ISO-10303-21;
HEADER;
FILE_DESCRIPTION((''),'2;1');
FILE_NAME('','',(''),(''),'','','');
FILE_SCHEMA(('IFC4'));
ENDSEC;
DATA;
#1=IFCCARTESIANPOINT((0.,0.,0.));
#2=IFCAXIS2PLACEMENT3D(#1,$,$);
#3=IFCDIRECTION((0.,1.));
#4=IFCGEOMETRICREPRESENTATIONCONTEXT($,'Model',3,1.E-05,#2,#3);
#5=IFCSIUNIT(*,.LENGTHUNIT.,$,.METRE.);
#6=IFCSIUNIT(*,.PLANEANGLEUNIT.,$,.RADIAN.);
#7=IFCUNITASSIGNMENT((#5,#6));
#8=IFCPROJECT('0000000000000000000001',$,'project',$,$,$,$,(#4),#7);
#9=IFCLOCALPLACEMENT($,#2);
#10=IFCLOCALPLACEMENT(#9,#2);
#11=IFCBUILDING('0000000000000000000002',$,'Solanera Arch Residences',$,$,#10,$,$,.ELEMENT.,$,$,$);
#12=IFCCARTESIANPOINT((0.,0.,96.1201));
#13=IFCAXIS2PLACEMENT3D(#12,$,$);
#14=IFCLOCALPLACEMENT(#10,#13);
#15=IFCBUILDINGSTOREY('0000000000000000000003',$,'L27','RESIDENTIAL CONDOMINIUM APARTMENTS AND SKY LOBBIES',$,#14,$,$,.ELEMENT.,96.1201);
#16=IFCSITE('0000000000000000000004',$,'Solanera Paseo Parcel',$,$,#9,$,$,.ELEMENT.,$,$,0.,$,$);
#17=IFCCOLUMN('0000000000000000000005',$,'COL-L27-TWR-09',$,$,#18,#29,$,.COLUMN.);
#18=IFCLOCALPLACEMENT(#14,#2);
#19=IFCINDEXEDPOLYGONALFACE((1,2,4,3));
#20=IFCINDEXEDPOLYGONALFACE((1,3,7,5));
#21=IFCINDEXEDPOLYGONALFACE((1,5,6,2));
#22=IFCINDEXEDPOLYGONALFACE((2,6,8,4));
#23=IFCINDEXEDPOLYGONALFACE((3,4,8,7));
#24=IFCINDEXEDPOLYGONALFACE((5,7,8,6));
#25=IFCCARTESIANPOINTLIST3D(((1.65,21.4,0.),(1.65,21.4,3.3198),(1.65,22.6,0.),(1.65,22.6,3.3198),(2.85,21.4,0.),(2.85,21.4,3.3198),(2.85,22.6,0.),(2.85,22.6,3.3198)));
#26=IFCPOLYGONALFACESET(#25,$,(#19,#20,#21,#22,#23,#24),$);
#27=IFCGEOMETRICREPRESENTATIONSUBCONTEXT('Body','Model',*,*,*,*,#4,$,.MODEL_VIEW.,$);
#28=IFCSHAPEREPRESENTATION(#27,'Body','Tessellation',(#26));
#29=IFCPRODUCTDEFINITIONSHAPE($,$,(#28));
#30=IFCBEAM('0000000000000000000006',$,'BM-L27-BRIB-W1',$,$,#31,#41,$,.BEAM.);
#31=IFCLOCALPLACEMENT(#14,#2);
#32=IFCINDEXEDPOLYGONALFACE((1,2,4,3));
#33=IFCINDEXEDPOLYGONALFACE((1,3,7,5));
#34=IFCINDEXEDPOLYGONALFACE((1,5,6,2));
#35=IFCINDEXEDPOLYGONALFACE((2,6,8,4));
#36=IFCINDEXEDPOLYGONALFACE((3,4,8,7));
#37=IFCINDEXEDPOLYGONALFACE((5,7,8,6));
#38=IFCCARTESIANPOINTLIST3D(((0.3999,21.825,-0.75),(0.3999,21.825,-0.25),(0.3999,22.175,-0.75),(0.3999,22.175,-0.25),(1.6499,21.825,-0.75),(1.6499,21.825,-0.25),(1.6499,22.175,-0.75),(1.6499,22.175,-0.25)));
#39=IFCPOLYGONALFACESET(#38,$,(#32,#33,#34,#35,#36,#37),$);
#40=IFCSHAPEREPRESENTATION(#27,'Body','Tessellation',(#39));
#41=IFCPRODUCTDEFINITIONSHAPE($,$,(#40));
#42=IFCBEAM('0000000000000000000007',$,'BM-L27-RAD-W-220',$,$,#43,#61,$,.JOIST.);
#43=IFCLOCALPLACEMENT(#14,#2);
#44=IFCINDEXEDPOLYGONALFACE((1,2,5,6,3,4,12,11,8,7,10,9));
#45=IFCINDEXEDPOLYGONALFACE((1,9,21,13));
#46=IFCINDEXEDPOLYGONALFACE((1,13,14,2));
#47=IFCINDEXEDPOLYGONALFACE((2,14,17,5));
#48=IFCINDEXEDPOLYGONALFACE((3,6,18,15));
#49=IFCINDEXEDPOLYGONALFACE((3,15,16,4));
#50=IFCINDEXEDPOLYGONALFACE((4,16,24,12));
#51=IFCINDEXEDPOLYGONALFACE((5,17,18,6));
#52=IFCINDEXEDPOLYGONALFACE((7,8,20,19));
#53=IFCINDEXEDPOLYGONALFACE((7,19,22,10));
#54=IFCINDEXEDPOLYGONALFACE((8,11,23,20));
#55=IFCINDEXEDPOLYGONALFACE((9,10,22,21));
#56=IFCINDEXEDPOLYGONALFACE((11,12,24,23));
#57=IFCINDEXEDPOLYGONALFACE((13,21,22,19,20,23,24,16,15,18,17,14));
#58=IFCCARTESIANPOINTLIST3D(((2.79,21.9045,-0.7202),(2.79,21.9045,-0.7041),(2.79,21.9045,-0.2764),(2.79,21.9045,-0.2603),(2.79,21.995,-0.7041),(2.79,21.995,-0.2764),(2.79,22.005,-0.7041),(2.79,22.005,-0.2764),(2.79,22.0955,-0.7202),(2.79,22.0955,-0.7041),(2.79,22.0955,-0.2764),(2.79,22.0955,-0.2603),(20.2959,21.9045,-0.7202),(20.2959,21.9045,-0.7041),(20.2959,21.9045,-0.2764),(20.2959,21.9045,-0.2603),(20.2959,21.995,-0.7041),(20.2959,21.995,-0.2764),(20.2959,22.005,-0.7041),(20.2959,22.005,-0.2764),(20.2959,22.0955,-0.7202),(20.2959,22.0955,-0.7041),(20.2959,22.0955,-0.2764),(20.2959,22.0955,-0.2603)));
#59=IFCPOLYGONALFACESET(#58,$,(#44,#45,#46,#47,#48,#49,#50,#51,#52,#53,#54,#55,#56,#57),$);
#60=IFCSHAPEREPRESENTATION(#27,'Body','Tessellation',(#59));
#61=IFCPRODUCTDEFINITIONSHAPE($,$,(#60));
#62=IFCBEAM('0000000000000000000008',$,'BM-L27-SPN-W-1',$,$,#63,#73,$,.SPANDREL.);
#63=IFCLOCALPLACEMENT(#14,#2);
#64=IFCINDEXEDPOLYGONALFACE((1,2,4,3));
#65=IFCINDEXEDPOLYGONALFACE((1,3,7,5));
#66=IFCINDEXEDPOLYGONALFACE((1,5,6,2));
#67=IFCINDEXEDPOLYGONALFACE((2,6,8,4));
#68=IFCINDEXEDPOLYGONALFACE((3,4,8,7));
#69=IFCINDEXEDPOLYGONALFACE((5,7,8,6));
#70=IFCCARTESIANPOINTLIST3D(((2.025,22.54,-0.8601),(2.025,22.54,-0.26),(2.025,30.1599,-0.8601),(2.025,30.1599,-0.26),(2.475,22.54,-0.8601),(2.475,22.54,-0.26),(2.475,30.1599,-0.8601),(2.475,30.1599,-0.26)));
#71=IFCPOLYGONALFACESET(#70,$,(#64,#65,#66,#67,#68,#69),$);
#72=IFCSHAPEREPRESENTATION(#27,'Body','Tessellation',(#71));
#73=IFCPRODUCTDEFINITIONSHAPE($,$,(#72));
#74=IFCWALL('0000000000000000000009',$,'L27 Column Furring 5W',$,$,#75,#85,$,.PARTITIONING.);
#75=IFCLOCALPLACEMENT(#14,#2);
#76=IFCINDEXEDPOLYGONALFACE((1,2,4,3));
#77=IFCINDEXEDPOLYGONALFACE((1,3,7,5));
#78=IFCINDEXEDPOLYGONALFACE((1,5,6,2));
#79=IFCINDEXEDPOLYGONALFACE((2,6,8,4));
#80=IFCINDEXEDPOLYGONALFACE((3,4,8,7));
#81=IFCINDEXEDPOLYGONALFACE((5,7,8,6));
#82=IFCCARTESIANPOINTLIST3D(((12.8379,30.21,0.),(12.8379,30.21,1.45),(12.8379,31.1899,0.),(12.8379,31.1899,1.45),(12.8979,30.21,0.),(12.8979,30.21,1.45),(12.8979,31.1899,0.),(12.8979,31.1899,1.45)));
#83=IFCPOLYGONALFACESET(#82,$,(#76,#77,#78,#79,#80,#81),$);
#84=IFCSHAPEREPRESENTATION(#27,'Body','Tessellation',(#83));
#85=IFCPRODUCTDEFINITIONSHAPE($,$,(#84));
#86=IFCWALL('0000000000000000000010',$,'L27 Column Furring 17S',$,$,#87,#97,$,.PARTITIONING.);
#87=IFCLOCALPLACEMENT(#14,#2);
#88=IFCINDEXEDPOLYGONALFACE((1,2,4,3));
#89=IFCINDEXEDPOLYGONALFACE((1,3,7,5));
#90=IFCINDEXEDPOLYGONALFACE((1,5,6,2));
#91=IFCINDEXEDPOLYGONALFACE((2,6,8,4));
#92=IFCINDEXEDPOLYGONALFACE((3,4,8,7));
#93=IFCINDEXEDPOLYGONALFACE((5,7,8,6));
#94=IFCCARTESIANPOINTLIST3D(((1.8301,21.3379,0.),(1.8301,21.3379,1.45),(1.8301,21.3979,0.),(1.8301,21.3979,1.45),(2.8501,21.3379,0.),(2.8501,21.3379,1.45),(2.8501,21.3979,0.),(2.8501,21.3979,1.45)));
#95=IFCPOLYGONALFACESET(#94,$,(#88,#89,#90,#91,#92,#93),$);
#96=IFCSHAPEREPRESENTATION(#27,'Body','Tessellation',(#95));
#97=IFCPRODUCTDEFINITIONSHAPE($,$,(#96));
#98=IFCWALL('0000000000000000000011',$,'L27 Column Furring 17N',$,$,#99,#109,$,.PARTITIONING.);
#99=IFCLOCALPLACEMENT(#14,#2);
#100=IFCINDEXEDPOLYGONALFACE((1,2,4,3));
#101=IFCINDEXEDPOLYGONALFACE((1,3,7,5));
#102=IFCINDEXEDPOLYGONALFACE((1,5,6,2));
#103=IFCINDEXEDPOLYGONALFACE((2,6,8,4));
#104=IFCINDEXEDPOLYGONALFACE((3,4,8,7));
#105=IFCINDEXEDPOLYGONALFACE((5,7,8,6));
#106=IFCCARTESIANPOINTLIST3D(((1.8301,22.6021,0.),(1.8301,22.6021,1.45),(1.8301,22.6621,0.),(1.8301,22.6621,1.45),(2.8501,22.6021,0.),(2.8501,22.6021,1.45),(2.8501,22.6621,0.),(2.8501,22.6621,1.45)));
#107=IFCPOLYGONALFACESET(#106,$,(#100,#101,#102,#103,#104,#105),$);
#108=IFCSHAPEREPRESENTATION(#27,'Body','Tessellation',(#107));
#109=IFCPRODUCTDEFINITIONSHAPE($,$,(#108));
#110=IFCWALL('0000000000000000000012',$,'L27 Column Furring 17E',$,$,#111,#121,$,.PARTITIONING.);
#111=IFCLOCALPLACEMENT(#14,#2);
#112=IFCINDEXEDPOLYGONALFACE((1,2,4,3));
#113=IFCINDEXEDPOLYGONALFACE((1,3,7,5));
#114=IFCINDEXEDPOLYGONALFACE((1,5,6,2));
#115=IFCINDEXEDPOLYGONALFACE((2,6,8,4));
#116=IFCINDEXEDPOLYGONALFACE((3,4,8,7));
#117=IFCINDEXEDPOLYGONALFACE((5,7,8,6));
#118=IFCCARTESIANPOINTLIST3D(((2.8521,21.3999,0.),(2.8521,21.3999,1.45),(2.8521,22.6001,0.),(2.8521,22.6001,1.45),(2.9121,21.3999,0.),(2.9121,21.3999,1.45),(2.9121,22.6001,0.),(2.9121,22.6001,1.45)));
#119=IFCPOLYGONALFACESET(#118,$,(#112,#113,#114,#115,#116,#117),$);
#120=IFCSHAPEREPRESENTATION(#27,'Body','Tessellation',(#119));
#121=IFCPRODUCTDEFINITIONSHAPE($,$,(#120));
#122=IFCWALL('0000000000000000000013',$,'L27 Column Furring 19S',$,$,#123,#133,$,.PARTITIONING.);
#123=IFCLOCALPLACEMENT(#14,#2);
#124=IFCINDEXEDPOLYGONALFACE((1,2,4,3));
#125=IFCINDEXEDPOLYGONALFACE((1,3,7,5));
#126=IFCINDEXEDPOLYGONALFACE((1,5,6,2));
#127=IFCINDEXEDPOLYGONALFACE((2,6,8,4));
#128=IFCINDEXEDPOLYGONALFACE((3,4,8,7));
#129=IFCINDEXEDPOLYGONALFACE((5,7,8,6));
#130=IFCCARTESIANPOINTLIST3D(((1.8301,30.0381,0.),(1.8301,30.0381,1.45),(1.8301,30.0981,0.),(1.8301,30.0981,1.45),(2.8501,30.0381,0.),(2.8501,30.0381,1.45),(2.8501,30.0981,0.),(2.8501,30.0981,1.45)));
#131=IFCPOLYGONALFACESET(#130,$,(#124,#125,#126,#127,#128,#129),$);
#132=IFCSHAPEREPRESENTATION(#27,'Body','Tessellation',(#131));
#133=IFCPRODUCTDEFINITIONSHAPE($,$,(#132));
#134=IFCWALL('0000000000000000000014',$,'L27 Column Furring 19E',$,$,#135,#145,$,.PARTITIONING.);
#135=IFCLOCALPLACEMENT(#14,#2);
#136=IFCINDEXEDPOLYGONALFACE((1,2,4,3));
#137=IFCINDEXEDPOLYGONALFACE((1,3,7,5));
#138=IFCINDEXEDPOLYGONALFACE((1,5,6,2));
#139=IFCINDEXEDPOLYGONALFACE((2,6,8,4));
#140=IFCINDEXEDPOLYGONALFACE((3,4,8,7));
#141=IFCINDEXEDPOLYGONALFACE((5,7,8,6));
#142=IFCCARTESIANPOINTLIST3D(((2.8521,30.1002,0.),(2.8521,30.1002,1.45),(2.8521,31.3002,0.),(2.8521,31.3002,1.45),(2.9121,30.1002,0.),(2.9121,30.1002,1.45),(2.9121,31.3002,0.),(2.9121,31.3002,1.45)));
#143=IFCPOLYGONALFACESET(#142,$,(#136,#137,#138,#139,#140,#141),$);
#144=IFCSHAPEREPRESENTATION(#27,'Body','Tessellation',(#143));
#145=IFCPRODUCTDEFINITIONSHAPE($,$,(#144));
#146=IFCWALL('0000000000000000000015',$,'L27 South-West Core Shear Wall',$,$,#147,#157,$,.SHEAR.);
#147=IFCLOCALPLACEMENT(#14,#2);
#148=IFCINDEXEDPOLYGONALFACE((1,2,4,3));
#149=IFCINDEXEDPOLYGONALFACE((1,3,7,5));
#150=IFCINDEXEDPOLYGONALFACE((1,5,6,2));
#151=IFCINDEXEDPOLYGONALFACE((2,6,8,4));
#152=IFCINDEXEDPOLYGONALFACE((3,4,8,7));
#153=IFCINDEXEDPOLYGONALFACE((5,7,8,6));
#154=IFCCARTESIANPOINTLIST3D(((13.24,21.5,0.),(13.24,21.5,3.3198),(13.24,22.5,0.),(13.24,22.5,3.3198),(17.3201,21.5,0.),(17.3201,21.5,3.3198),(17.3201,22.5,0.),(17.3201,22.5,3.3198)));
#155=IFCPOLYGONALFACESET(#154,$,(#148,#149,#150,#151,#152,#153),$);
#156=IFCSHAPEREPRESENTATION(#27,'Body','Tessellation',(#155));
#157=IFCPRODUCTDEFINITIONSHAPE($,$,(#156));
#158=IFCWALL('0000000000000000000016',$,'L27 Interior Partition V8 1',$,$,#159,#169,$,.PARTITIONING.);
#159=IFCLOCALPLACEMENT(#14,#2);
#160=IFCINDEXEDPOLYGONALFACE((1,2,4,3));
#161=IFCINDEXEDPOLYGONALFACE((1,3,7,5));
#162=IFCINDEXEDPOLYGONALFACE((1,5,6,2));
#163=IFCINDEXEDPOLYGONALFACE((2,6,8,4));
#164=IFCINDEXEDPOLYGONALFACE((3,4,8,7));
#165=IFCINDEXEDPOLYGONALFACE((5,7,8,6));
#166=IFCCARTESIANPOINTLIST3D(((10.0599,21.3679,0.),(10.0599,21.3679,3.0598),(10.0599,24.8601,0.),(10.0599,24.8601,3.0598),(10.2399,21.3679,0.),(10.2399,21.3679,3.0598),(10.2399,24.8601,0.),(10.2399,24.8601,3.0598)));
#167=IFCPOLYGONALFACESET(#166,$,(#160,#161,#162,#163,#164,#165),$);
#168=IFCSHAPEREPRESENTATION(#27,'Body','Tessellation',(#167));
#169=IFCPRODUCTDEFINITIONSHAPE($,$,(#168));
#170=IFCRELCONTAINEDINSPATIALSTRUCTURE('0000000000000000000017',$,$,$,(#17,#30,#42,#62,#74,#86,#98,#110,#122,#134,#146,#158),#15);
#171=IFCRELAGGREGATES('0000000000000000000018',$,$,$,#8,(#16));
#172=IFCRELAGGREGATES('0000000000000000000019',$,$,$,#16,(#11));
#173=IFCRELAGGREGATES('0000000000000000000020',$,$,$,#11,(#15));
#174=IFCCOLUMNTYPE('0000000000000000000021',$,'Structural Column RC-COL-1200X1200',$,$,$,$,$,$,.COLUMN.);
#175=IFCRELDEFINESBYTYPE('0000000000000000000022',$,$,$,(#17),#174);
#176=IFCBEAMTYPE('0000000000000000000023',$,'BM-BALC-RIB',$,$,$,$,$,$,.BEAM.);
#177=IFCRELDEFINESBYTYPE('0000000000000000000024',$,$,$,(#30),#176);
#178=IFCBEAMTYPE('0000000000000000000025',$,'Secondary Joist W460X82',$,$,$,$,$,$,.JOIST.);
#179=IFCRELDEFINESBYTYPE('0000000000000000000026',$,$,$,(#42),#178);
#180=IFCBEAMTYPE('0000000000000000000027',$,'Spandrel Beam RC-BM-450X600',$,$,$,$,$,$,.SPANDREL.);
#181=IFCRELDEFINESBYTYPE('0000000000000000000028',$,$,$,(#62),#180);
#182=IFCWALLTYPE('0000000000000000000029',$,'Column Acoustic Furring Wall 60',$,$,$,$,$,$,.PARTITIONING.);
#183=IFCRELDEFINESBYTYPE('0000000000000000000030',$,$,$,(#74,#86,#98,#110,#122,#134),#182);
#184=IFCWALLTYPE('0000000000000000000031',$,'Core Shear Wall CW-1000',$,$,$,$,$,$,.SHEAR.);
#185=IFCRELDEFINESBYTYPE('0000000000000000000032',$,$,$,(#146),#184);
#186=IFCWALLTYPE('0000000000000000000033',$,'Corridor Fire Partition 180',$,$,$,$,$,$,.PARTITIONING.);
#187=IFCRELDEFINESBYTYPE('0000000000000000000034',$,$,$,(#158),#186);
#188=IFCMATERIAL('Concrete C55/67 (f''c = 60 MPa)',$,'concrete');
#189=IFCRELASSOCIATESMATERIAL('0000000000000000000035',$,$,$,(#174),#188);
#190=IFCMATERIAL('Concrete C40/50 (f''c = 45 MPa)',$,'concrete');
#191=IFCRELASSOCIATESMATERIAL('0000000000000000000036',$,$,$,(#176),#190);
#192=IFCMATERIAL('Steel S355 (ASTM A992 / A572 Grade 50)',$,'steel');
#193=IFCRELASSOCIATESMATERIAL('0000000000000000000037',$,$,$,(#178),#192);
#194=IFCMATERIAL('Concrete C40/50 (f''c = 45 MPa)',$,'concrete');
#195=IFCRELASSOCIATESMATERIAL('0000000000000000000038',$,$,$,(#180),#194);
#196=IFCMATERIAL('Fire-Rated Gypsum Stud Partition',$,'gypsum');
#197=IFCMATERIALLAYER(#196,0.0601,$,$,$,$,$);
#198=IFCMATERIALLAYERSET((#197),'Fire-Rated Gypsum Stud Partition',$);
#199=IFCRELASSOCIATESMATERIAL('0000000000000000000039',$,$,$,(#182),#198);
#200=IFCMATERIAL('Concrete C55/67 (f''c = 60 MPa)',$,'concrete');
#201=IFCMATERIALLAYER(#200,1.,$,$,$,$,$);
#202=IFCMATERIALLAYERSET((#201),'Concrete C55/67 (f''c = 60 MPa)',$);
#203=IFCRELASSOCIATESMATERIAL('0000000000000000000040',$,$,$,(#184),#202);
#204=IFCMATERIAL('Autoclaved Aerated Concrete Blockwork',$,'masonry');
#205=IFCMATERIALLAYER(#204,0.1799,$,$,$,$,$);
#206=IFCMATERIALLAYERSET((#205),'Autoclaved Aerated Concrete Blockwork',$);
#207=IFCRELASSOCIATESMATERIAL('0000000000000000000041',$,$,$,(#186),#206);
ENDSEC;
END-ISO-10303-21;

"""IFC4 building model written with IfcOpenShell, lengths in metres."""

from ifc_helpers import new_model, si_unit, direction, frame, frame_2d, origin, origin_2d, place, context, subcontext, project, spatial, rectangle, i_section, extrude, material, layer, layer_set, material_profile, profile_set, type_object, element, save


model = new_model("IFC4")

# Units and contexts
model_context = context("Model", 3, precision=1e-05, world=origin(), true_north=direction((0.0, 1.0)))
body_context = subcontext(model_context, "Body", "Model", "MODEL_VIEW")
ifc_project = project(units=[si_unit("LENGTHUNIT", "METRE"), si_unit("PLANEANGLEUNIT", "RADIAN")], contexts=[model_context])

# Site, building, storey
site_placement = place(None, origin())
site = spatial("IfcSite", under=ifc_project, at=site_placement, Name="Solanera Paseo Parcel", CompositionType="ELEMENT", RefElevation=0.0)
building_placement = place(site_placement, origin())
building = spatial("IfcBuilding", under=site, at=building_placement, Name="Solanera Arch Residences", CompositionType="ELEMENT")
storey_placement = place(building_placement, frame((0.0, 0.0, 96.1201)))
storey = spatial("IfcBuildingStorey", under=building, at=storey_placement, Name="L27", Description="RESIDENTIAL CONDOMINIUM APARTMENTS AND SKY LOBBIES", CompositionType="ELEMENT", Elevation=96.1201)

# Column
ifc_material_1 = material(Name="Concrete C55/67 (f'c = 60 MPa)", Category="concrete")
ifc_material_profile_1 = material_profile(ifc_material_1, rectangle(XDim=1.2, YDim=1.2, at=origin_2d()))
ifc_profile_set_1 = profile_set([ifc_material_profile_1], Name="Concrete C55/67 (f'c = 60 MPa)")
column_type = type_object("IfcColumnType", Name="Structural Column RC-COL-1200X1200", PredefinedType="COLUMN", material=ifc_profile_set_1)
column_placement = place(storey_placement, frame((2.25, 22.0, 0.0), z_axis=(0.0, 0.0, 1.0), x_axis=(1.0, 0.0, 0.0)))
element("IfcColumn", 1, at=column_placement, inside=storey, type_object=column_type, Name="COL-L27-TWR-09", PredefinedType="COLUMN", context=body_context, shape_type="SweptSolid", body=[
    extrude(rectangle(XDim=1.2, YDim=1.2, at=origin_2d()), origin(), (0.0, 0.0, 1.0), 3.3198),
])

# Beams
ifc_material_2 = material(Name="Concrete C40/50 (f'c = 45 MPa)", Category="concrete")
ifc_material_profile_2 = material_profile(ifc_material_2, rectangle(XDim=0.3501, YDim=0.5, at=origin_2d()))
ifc_profile_set_2 = profile_set([ifc_material_profile_2], Name="Concrete C40/50 (f'c = 45 MPa)")
beam_type_1 = type_object("IfcBeamType", Name="BM-BALC-RIB", PredefinedType="BEAM", material=ifc_profile_set_2)
beam_1_placement = place(storey_placement, frame((0.3999, 22.0, -0.5), z_axis=(1.0, 0.0, 0.0), x_axis=(0.0, 1.0, 0.0)))
element("IfcBeam", 2, at=beam_1_placement, inside=storey, type_object=beam_type_1, Name="BM-L27-BRIB-W1", PredefinedType="BEAM", context=body_context, shape_type="SweptSolid", body=[
    extrude(rectangle(XDim=0.3501, YDim=0.5, at=origin_2d()), origin(), (0.0, 0.0, 1.0), 1.25),
])
ifc_material_3 = material(Name="Steel S355 (ASTM A992 / A572 Grade 50)", Category="steel")
ifc_material_profile_3 = material_profile(ifc_material_3, i_section(OverallWidth=0.1909, OverallDepth=0.46, WebThickness=0.01, FlangeThickness=0.0161, at=origin_2d()))
ifc_profile_set_3 = profile_set([ifc_material_profile_3], Name="Steel S355 (ASTM A992 / A572 Grade 50)")
beam_type_2 = type_object("IfcBeamType", Name="Secondary Joist W460X82", PredefinedType="JOIST", material=ifc_profile_set_3)
beam_2_placement = place(storey_placement, frame((2.79, 22.0, -0.4902), z_axis=(1.0, 0.0, 0.0), x_axis=(0.0, 1.0, 0.0)))
element("IfcBeam", 3, at=beam_2_placement, inside=storey, type_object=beam_type_2, Name="BM-L27-RAD-W-220", PredefinedType="JOIST", context=body_context, shape_type="SweptSolid", body=[
    extrude(i_section(OverallWidth=0.1909, OverallDepth=0.46, WebThickness=0.01, FlangeThickness=0.0161, at=origin_2d()), origin(), (0.0, 0.0, 1.0), 17.5059),
])
ifc_material_4 = material(Name="Concrete C40/50 (f'c = 45 MPa)", Category="concrete")
ifc_material_profile_4 = material_profile(ifc_material_4, rectangle(XDim=0.45, YDim=0.6001, at=origin_2d()))
ifc_profile_set_4 = profile_set([ifc_material_profile_4], Name="Concrete C40/50 (f'c = 45 MPa)")
beam_type_3 = type_object("IfcBeamType", Name="Spandrel Beam RC-BM-450X600", PredefinedType="SPANDREL", material=ifc_profile_set_4)
beam_3_placement = place(storey_placement, frame((2.25, 22.54, -0.5601), z_axis=(0.0, 1.0, 0.0), x_axis=(-1.0, 0.0, 0.0)))
element("IfcBeam", 4, at=beam_3_placement, inside=storey, type_object=beam_type_3, Name="BM-L27-SPN-W-1", PredefinedType="SPANDREL", context=body_context, shape_type="SweptSolid", body=[
    extrude(rectangle(XDim=0.45, YDim=0.6001, at=origin_2d()), origin(), (0.0, 0.0, 1.0), 7.6199),
])

# Walls
ifc_material_5 = material(Name="Fire-Rated Gypsum Stud Partition", Category="gypsum")
ifc_layer_1 = layer(ifc_material_5, 0.0601)
ifc_layer_set_1 = layer_set([ifc_layer_1], Name="Fire-Rated Gypsum Stud Partition")
wall_type_1 = type_object("IfcWallType", Name="Column Acoustic Furring Wall 60", PredefinedType="PARTITIONING", material=ifc_layer_set_1)
wall_1_placement = place(storey_placement, frame((12.8679, 30.21, 0.0), z_axis=(0.0, 0.0, 1.0), x_axis=(0.0, 1.0, 0.0)))
element("IfcWall", 5, at=wall_1_placement, inside=storey, type_object=wall_type_1, Name="L27 Column Furring 5W", PredefinedType="PARTITIONING", context=body_context, shape_type="SweptSolid", body=[
    extrude(rectangle(XDim=0.98, YDim=0.0601, at=frame_2d((0.49, 0.0))), origin(), (0.0, 0.0, 1.0), 1.45),
])
for number, where, z_axis, x_axis, name in (
    (6, (1.8301, 21.3679, 0.0), (0.0, 0.0, 1.0), (1.0, 0.0, 0.0), "L27 Column Furring 17S"),
    (7, (1.8301, 22.6321, 0.0), (0.0, 0.0, 1.0), (1.0, 0.0, 0.0), "L27 Column Furring 17N"),
):
    element("IfcWall", number, at=place(storey_placement, frame(where, z_axis=z_axis, x_axis=x_axis)), inside=storey, type_object=wall_type_1, Name=name, PredefinedType="PARTITIONING", context=body_context, shape_type="SweptSolid", body=[
        extrude(rectangle(XDim=1.02, YDim=0.0601, at=frame_2d((0.51, 0.0))), origin(), (0.0, 0.0, 1.0), 1.45),
    ])
wall_2_placement = place(storey_placement, frame((2.8821, 21.3999, 0.0), z_axis=(0.0, 0.0, 1.0), x_axis=(0.0, 1.0, 0.0)))
element("IfcWall", 8, at=wall_2_placement, inside=storey, type_object=wall_type_1, Name="L27 Column Furring 17E", PredefinedType="PARTITIONING", context=body_context, shape_type="SweptSolid", body=[
    extrude(rectangle(XDim=1.2002, YDim=0.0601, at=frame_2d((0.6001, 0.0))), origin(), (0.0, 0.0, 1.0), 1.45),
])
wall_3_placement = place(storey_placement, frame((1.8301, 30.0681, 0.0), z_axis=(0.0, 0.0, 1.0), x_axis=(1.0, 0.0, 0.0)))
element("IfcWall", 9, at=wall_3_placement, inside=storey, type_object=wall_type_1, Name="L27 Column Furring 19S", PredefinedType="PARTITIONING", context=body_context, shape_type="SweptSolid", body=[
    extrude(rectangle(XDim=1.02, YDim=0.0601, at=frame_2d((0.51, 0.0))), origin(), (0.0, 0.0, 1.0), 1.45),
])
wall_4_placement = place(storey_placement, frame((2.8821, 30.1001, 0.0), z_axis=(0.0, 0.0, 1.0), x_axis=(0.0, 1.0, 0.0)))
element("IfcWall", 10, at=wall_4_placement, inside=storey, type_object=wall_type_1, Name="L27 Column Furring 19E", PredefinedType="PARTITIONING", context=body_context, shape_type="SweptSolid", body=[
    extrude(rectangle(XDim=1.2, YDim=0.0601, at=frame_2d((0.6001, 0.0))), origin(), (0.0, 0.0, 1.0), 1.45),
])
ifc_material_6 = material(Name="Concrete C55/67 (f'c = 60 MPa)", Category="concrete")
ifc_layer_2 = layer(ifc_material_6, 1.0)
ifc_layer_set_2 = layer_set([ifc_layer_2], Name="Concrete C55/67 (f'c = 60 MPa)")
wall_type_2 = type_object("IfcWallType", Name="Core Shear Wall CW-1000", PredefinedType="SHEAR", material=ifc_layer_set_2)
wall_5_placement = place(storey_placement, frame((13.24, 22.0, 0.0), z_axis=(0.0, 0.0, 1.0), x_axis=(1.0, 0.0, 0.0)))
element("IfcWall", 11, at=wall_5_placement, inside=storey, type_object=wall_type_2, Name="L27 South-West Core Shear Wall", PredefinedType="SHEAR", context=body_context, shape_type="SweptSolid", body=[
    extrude(rectangle(XDim=4.0801, YDim=1.0, at=frame_2d((2.04, 0.0))), origin(), (0.0, 0.0, 1.0), 3.3198),
])
ifc_material_7 = material(Name="Autoclaved Aerated Concrete Blockwork", Category="masonry")
ifc_layer_3 = layer(ifc_material_7, 0.1799)
ifc_layer_set_3 = layer_set([ifc_layer_3], Name="Autoclaved Aerated Concrete Blockwork")
wall_type_3 = type_object("IfcWallType", Name="Corridor Fire Partition 180", PredefinedType="PARTITIONING", material=ifc_layer_set_3)
wall_6_placement = place(storey_placement, frame((10.1499, 21.3679, 0.0), z_axis=(0.0, 0.0, 1.0), x_axis=(0.0, 1.0, 0.0)))
element("IfcWall", 12, at=wall_6_placement, inside=storey, type_object=wall_type_3, Name="L27 Interior Partition V8 1", PredefinedType="PARTITIONING", context=body_context, shape_type="SweptSolid", body=[
    extrude(rectangle(XDim=3.4922, YDim=0.1799, at=frame_2d((1.7461, 0.0))), origin(), (0.0, 0.0, 1.0), 3.0598),
])

save(model, "model.ifc")
